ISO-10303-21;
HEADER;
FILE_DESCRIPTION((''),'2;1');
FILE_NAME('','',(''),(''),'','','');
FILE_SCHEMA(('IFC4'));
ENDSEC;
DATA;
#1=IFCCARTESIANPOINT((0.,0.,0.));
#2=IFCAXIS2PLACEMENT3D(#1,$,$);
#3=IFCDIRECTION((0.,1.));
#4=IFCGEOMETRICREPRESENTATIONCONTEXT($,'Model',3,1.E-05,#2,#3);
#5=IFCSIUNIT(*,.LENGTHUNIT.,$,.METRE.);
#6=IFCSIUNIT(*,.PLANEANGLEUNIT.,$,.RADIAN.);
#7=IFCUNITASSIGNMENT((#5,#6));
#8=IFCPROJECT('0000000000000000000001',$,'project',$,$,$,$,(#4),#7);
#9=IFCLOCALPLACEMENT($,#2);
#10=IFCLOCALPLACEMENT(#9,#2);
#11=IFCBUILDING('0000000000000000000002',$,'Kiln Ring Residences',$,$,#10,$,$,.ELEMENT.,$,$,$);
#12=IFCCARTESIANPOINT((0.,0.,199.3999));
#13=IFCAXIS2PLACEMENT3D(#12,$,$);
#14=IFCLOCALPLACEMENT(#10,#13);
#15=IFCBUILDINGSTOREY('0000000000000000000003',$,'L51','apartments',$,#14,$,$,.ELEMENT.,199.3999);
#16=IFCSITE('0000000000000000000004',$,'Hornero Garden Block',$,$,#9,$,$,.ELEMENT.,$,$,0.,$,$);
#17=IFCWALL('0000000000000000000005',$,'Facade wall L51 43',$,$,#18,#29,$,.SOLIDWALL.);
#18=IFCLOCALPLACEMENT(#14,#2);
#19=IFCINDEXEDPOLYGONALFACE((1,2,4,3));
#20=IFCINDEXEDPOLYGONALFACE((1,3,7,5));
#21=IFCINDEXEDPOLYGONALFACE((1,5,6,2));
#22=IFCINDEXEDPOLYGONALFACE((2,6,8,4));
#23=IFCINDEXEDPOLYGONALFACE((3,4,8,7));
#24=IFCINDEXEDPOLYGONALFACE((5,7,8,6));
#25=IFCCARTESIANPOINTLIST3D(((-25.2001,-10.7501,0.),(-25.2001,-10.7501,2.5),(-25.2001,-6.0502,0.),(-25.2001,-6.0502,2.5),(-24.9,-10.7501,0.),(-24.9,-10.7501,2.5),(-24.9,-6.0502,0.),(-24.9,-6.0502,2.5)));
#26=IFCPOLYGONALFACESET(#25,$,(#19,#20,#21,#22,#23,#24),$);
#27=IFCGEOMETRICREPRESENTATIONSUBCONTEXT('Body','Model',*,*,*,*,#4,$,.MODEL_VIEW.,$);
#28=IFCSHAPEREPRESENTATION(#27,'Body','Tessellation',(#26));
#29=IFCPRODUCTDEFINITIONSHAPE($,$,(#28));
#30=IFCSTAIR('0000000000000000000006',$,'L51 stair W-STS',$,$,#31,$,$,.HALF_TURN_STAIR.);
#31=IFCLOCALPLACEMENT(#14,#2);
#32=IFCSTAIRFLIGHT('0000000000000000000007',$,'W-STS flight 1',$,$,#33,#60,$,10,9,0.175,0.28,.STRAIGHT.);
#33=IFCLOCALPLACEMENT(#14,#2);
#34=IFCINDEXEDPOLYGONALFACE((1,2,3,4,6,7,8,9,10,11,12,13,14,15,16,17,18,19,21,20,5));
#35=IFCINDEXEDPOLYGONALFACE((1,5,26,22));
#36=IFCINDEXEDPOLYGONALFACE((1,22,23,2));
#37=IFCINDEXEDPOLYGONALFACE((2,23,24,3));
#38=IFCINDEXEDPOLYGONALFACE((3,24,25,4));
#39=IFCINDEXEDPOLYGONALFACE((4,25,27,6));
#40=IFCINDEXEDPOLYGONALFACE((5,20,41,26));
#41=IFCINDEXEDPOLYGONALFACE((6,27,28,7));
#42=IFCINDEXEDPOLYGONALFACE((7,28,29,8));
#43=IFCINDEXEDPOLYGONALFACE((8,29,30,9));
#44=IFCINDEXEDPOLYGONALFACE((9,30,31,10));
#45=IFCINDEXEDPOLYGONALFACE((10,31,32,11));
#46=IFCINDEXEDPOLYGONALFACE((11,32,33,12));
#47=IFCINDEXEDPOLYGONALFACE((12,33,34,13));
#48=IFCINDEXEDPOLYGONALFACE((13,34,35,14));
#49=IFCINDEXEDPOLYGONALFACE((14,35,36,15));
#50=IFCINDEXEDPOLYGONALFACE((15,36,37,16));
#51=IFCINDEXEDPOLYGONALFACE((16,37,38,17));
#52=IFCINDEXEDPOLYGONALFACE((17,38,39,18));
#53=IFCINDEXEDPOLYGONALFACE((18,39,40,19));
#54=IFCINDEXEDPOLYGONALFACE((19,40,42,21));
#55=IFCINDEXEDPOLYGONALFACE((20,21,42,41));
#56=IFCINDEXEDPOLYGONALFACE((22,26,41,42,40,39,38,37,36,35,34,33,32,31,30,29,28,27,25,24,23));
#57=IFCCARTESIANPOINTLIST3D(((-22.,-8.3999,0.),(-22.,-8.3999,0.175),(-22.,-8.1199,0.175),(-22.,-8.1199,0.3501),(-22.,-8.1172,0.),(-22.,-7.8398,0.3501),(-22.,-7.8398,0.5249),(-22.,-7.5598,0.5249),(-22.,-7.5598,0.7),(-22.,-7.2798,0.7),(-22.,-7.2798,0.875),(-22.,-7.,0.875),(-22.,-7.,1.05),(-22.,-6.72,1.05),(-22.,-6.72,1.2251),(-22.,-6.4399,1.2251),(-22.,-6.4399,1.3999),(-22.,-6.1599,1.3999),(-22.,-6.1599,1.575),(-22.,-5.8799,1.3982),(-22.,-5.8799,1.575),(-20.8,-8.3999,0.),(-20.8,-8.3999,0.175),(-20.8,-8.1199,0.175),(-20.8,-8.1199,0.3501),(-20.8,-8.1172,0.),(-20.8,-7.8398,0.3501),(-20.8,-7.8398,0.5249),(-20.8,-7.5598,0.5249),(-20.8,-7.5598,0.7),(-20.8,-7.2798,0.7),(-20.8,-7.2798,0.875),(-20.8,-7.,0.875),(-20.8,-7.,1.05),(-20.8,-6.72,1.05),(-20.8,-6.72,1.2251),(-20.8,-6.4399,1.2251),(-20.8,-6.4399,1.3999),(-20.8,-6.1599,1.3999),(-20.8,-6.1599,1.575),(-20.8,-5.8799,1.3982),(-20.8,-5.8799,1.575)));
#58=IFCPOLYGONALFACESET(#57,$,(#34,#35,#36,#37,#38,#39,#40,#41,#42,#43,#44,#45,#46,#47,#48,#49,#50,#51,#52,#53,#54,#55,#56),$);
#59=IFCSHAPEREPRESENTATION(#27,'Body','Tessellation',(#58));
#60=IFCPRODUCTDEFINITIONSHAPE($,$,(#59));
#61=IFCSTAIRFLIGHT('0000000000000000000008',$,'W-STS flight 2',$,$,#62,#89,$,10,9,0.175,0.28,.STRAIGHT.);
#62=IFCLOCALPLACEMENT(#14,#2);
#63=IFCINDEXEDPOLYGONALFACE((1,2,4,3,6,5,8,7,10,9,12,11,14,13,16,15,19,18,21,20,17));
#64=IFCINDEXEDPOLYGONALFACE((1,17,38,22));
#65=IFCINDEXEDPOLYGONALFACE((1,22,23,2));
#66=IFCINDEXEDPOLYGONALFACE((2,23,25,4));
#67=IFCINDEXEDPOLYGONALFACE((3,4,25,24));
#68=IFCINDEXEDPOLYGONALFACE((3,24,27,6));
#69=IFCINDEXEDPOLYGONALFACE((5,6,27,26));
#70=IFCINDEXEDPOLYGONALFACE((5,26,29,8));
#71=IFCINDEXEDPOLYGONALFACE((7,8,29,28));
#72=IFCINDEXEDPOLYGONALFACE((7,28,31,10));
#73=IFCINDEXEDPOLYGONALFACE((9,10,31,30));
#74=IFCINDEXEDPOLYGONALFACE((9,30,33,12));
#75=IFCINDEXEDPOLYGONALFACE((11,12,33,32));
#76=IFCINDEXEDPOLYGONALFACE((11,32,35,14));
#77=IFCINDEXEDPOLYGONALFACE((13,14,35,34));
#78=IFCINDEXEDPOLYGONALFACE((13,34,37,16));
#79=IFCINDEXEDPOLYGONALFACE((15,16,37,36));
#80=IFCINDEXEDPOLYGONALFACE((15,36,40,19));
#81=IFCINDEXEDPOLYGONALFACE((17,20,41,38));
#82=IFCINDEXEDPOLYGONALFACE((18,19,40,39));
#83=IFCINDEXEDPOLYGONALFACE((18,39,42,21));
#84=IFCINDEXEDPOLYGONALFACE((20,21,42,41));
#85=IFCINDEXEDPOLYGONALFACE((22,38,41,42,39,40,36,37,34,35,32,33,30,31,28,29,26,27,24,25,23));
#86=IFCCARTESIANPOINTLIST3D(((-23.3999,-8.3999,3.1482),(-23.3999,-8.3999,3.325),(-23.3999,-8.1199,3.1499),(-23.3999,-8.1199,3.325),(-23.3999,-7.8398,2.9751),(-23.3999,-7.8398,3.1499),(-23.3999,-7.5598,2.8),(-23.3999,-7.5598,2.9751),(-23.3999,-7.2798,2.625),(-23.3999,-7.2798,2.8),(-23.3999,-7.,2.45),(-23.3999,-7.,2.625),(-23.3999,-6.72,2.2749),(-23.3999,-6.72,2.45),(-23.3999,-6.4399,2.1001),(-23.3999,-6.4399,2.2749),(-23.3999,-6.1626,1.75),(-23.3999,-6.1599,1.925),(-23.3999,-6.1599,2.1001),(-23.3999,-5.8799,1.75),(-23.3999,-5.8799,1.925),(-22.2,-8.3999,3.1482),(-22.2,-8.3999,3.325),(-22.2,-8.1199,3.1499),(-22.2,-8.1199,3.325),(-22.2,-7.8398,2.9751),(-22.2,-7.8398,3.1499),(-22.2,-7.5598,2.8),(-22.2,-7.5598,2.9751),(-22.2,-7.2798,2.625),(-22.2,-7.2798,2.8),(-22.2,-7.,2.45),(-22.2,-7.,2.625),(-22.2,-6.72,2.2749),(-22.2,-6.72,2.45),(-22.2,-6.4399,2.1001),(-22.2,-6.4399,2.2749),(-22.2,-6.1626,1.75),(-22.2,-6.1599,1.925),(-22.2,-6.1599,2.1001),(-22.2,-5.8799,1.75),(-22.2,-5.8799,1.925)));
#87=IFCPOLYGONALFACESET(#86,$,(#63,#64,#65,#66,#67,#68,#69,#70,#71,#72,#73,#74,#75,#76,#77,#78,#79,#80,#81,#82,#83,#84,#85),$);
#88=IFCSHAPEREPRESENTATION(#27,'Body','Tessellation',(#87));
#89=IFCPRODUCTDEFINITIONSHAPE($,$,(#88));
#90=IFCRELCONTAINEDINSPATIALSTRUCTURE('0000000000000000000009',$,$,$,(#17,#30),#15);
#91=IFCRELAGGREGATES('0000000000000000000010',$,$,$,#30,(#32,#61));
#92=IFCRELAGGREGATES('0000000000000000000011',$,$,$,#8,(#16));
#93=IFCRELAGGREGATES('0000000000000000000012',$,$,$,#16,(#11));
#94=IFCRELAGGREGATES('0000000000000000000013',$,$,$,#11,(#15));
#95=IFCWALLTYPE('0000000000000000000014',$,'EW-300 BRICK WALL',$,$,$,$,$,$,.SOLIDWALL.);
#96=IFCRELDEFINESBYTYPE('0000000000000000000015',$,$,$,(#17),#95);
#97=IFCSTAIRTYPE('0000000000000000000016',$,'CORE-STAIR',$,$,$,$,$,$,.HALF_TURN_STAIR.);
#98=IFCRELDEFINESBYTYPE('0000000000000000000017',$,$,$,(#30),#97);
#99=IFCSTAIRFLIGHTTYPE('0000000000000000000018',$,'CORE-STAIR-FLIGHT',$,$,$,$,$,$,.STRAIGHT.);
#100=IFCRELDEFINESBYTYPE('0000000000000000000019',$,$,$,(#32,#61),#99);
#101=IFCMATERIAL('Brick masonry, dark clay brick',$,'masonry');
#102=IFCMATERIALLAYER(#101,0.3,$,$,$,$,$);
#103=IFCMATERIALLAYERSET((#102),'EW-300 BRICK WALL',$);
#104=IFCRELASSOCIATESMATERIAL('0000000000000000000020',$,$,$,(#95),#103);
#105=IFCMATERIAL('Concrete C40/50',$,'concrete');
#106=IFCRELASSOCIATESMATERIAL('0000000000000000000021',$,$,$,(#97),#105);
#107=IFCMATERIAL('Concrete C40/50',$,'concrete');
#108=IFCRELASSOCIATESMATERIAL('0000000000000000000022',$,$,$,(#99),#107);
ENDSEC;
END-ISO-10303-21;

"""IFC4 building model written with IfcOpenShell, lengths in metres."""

from ifc_helpers import new_model, si_unit, direction, frame, frame_2d, origin, place, context, subcontext, project, spatial, polyline, rectangle, outline, extrude, material, layer, layer_set, type_object, element, aggregate, save


model = new_model("IFC4")

# Units and contexts
model_context = context("Model", 3, precision=1e-05, world=origin(), true_north=direction((0.0, 1.0)))
body_context = subcontext(model_context, "Body", "Model", "MODEL_VIEW")
ifc_project = project(units=[si_unit("LENGTHUNIT", "METRE"), si_unit("PLANEANGLEUNIT", "RADIAN")], contexts=[model_context])

# Site, building, storey
site_placement = place(None, origin())
site = spatial("IfcSite", under=ifc_project, at=site_placement, Name="Hornero Garden Block", CompositionType="ELEMENT", RefElevation=0.0)
building_placement = place(site_placement, origin())
building = spatial("IfcBuilding", under=site, at=building_placement, Name="Kiln Ring Residences", CompositionType="ELEMENT")
storey_placement = place(building_placement, frame((0.0, 0.0, 199.3999)))
storey = spatial("IfcBuildingStorey", under=building, at=storey_placement, Name="L51", Description="apartments", CompositionType="ELEMENT", Elevation=199.3999)

# Wall
ifc_material_1 = material(Name="Brick masonry, dark clay brick", Category="masonry")
ifc_layer_1 = layer(ifc_material_1, 0.3)
ifc_layer_set_1 = layer_set([ifc_layer_1], Name="EW-300 BRICK WALL")
wall_type_1 = type_object("IfcWallType", Name="EW-300 BRICK WALL", PredefinedType="SOLIDWALL", material=ifc_layer_set_1)
for number, where, z_axis, x_axis, name in (
    (1, (-25.05, -6.05, 0.0), (0.0, 0.0, 1.0), (0.0, -1.0, 0.0), "Facade wall L51 43"),
):
    element("IfcWall", number, at=place(storey_placement, frame(where, z_axis=z_axis, x_axis=x_axis)), inside=storey, type_object=wall_type_1, Name=name, PredefinedType="SOLIDWALL", context=body_context, shape_type="SweptSolid", body=[
        extrude(rectangle(XDim=4.7, YDim=0.3, at=frame_2d((2.3501, 0.0))), origin(), (0.0, 0.0, 1.0), 2.5),
    ])

# Stair, stair flights
ifc_material_2 = material(Name="Concrete C40/50", Category="concrete")
stair_type = type_object("IfcStairType", Name="CORE-STAIR", PredefinedType="HALF_TURN_STAIR", material=ifc_material_2)
stair_placement = place(storey_placement, origin())
stair = element("IfcStair", 2, at=stair_placement, inside=storey, type_object=stair_type, Name="L51 stair W-STS", PredefinedType="HALF_TURN_STAIR")
ifc_material_3 = material(Name="Concrete C40/50", Category="concrete")
stair_flight_type = type_object("IfcStairFlightType", Name="CORE-STAIR-FLIGHT", PredefinedType="STRAIGHT", material=ifc_material_3)
stair_flight_1_placement = place(storey_placement, frame((-21.3999, -8.3999, 0.0), z_axis=(0.0, 0.0, 1.0), x_axis=(0.0, 1.0, 0.0)))
stair_flight_1 = element("IfcStairFlight", 3, at=stair_flight_1_placement, type_object=stair_flight_type, Name="W-STS flight 1", NumberOfRisers=10, NumberOfTreads=9, PredefinedType="STRAIGHT", RiserHeight=0.175, TreadLength=0.28, context=body_context, shape_type="SweptSolid", body=[
    extrude(outline(polyline([(0.0, 0.0), (0.0, 0.175), (0.28, 0.175), (0.28, 0.3501), (0.5601, 0.3501), (0.5601, 0.5249), (0.8401, 0.5249), (0.8401, 0.7), (1.1201, 0.7), (1.1201, 0.875), (1.3999, 0.875), (1.3999, 1.05), (1.6799, 1.05), (1.6799, 1.2251), (1.96, 1.2251), (1.96, 1.3999), (2.24, 1.3999), (2.24, 1.575), (2.52, 1.575), (2.52, 1.75), (2.52, 1.3982), (0.2827, 0.0), (0.0, 0.0)])), frame((0.0, 0.6001, 0.0), z_axis=(0.0, -1.0, 0.0), x_axis=(1.0, 0.0, 0.0)), (0.0, 0.0, 1.0), 1.2),
])
stair_flight_2_placement = place(storey_placement, frame((-22.8, -5.8799, 1.75), z_axis=(0.0, 0.0, 1.0), x_axis=(0.0, -1.0, 0.0)))
stair_flight_2 = element("IfcStairFlight", 4, at=stair_flight_2_placement, type_object=stair_flight_type, Name="W-STS flight 2", NumberOfRisers=10, NumberOfTreads=9, PredefinedType="STRAIGHT", RiserHeight=0.175, TreadLength=0.28, context=body_context, shape_type="SweptSolid", body=[
    extrude(outline(polyline([(0.0, 0.0), (0.0, 0.175), (0.28, 0.175), (0.28, 0.3501), (0.5601, 0.3501), (0.5601, 0.5249), (0.8401, 0.5249), (0.8401, 0.7), (1.1201, 0.7), (1.1201, 0.875), (1.3999, 0.875), (1.3999, 1.05), (1.6799, 1.05), (1.6799, 1.2251), (1.96, 1.2251), (1.96, 1.3999), (2.24, 1.3999), (2.24, 1.575), (2.52, 1.575), (2.52, 1.75), (2.52, 1.3982), (0.2827, 0.0), (0.0, 0.0)])), frame((0.0, 0.6001, 0.0), z_axis=(0.0, -1.0, 0.0), x_axis=(1.0, 0.0, 0.0)), (0.0, 0.0, 1.0), 1.2),
])
aggregate(stair, [stair_flight_1, stair_flight_2])

save(model, "model.ifc")
